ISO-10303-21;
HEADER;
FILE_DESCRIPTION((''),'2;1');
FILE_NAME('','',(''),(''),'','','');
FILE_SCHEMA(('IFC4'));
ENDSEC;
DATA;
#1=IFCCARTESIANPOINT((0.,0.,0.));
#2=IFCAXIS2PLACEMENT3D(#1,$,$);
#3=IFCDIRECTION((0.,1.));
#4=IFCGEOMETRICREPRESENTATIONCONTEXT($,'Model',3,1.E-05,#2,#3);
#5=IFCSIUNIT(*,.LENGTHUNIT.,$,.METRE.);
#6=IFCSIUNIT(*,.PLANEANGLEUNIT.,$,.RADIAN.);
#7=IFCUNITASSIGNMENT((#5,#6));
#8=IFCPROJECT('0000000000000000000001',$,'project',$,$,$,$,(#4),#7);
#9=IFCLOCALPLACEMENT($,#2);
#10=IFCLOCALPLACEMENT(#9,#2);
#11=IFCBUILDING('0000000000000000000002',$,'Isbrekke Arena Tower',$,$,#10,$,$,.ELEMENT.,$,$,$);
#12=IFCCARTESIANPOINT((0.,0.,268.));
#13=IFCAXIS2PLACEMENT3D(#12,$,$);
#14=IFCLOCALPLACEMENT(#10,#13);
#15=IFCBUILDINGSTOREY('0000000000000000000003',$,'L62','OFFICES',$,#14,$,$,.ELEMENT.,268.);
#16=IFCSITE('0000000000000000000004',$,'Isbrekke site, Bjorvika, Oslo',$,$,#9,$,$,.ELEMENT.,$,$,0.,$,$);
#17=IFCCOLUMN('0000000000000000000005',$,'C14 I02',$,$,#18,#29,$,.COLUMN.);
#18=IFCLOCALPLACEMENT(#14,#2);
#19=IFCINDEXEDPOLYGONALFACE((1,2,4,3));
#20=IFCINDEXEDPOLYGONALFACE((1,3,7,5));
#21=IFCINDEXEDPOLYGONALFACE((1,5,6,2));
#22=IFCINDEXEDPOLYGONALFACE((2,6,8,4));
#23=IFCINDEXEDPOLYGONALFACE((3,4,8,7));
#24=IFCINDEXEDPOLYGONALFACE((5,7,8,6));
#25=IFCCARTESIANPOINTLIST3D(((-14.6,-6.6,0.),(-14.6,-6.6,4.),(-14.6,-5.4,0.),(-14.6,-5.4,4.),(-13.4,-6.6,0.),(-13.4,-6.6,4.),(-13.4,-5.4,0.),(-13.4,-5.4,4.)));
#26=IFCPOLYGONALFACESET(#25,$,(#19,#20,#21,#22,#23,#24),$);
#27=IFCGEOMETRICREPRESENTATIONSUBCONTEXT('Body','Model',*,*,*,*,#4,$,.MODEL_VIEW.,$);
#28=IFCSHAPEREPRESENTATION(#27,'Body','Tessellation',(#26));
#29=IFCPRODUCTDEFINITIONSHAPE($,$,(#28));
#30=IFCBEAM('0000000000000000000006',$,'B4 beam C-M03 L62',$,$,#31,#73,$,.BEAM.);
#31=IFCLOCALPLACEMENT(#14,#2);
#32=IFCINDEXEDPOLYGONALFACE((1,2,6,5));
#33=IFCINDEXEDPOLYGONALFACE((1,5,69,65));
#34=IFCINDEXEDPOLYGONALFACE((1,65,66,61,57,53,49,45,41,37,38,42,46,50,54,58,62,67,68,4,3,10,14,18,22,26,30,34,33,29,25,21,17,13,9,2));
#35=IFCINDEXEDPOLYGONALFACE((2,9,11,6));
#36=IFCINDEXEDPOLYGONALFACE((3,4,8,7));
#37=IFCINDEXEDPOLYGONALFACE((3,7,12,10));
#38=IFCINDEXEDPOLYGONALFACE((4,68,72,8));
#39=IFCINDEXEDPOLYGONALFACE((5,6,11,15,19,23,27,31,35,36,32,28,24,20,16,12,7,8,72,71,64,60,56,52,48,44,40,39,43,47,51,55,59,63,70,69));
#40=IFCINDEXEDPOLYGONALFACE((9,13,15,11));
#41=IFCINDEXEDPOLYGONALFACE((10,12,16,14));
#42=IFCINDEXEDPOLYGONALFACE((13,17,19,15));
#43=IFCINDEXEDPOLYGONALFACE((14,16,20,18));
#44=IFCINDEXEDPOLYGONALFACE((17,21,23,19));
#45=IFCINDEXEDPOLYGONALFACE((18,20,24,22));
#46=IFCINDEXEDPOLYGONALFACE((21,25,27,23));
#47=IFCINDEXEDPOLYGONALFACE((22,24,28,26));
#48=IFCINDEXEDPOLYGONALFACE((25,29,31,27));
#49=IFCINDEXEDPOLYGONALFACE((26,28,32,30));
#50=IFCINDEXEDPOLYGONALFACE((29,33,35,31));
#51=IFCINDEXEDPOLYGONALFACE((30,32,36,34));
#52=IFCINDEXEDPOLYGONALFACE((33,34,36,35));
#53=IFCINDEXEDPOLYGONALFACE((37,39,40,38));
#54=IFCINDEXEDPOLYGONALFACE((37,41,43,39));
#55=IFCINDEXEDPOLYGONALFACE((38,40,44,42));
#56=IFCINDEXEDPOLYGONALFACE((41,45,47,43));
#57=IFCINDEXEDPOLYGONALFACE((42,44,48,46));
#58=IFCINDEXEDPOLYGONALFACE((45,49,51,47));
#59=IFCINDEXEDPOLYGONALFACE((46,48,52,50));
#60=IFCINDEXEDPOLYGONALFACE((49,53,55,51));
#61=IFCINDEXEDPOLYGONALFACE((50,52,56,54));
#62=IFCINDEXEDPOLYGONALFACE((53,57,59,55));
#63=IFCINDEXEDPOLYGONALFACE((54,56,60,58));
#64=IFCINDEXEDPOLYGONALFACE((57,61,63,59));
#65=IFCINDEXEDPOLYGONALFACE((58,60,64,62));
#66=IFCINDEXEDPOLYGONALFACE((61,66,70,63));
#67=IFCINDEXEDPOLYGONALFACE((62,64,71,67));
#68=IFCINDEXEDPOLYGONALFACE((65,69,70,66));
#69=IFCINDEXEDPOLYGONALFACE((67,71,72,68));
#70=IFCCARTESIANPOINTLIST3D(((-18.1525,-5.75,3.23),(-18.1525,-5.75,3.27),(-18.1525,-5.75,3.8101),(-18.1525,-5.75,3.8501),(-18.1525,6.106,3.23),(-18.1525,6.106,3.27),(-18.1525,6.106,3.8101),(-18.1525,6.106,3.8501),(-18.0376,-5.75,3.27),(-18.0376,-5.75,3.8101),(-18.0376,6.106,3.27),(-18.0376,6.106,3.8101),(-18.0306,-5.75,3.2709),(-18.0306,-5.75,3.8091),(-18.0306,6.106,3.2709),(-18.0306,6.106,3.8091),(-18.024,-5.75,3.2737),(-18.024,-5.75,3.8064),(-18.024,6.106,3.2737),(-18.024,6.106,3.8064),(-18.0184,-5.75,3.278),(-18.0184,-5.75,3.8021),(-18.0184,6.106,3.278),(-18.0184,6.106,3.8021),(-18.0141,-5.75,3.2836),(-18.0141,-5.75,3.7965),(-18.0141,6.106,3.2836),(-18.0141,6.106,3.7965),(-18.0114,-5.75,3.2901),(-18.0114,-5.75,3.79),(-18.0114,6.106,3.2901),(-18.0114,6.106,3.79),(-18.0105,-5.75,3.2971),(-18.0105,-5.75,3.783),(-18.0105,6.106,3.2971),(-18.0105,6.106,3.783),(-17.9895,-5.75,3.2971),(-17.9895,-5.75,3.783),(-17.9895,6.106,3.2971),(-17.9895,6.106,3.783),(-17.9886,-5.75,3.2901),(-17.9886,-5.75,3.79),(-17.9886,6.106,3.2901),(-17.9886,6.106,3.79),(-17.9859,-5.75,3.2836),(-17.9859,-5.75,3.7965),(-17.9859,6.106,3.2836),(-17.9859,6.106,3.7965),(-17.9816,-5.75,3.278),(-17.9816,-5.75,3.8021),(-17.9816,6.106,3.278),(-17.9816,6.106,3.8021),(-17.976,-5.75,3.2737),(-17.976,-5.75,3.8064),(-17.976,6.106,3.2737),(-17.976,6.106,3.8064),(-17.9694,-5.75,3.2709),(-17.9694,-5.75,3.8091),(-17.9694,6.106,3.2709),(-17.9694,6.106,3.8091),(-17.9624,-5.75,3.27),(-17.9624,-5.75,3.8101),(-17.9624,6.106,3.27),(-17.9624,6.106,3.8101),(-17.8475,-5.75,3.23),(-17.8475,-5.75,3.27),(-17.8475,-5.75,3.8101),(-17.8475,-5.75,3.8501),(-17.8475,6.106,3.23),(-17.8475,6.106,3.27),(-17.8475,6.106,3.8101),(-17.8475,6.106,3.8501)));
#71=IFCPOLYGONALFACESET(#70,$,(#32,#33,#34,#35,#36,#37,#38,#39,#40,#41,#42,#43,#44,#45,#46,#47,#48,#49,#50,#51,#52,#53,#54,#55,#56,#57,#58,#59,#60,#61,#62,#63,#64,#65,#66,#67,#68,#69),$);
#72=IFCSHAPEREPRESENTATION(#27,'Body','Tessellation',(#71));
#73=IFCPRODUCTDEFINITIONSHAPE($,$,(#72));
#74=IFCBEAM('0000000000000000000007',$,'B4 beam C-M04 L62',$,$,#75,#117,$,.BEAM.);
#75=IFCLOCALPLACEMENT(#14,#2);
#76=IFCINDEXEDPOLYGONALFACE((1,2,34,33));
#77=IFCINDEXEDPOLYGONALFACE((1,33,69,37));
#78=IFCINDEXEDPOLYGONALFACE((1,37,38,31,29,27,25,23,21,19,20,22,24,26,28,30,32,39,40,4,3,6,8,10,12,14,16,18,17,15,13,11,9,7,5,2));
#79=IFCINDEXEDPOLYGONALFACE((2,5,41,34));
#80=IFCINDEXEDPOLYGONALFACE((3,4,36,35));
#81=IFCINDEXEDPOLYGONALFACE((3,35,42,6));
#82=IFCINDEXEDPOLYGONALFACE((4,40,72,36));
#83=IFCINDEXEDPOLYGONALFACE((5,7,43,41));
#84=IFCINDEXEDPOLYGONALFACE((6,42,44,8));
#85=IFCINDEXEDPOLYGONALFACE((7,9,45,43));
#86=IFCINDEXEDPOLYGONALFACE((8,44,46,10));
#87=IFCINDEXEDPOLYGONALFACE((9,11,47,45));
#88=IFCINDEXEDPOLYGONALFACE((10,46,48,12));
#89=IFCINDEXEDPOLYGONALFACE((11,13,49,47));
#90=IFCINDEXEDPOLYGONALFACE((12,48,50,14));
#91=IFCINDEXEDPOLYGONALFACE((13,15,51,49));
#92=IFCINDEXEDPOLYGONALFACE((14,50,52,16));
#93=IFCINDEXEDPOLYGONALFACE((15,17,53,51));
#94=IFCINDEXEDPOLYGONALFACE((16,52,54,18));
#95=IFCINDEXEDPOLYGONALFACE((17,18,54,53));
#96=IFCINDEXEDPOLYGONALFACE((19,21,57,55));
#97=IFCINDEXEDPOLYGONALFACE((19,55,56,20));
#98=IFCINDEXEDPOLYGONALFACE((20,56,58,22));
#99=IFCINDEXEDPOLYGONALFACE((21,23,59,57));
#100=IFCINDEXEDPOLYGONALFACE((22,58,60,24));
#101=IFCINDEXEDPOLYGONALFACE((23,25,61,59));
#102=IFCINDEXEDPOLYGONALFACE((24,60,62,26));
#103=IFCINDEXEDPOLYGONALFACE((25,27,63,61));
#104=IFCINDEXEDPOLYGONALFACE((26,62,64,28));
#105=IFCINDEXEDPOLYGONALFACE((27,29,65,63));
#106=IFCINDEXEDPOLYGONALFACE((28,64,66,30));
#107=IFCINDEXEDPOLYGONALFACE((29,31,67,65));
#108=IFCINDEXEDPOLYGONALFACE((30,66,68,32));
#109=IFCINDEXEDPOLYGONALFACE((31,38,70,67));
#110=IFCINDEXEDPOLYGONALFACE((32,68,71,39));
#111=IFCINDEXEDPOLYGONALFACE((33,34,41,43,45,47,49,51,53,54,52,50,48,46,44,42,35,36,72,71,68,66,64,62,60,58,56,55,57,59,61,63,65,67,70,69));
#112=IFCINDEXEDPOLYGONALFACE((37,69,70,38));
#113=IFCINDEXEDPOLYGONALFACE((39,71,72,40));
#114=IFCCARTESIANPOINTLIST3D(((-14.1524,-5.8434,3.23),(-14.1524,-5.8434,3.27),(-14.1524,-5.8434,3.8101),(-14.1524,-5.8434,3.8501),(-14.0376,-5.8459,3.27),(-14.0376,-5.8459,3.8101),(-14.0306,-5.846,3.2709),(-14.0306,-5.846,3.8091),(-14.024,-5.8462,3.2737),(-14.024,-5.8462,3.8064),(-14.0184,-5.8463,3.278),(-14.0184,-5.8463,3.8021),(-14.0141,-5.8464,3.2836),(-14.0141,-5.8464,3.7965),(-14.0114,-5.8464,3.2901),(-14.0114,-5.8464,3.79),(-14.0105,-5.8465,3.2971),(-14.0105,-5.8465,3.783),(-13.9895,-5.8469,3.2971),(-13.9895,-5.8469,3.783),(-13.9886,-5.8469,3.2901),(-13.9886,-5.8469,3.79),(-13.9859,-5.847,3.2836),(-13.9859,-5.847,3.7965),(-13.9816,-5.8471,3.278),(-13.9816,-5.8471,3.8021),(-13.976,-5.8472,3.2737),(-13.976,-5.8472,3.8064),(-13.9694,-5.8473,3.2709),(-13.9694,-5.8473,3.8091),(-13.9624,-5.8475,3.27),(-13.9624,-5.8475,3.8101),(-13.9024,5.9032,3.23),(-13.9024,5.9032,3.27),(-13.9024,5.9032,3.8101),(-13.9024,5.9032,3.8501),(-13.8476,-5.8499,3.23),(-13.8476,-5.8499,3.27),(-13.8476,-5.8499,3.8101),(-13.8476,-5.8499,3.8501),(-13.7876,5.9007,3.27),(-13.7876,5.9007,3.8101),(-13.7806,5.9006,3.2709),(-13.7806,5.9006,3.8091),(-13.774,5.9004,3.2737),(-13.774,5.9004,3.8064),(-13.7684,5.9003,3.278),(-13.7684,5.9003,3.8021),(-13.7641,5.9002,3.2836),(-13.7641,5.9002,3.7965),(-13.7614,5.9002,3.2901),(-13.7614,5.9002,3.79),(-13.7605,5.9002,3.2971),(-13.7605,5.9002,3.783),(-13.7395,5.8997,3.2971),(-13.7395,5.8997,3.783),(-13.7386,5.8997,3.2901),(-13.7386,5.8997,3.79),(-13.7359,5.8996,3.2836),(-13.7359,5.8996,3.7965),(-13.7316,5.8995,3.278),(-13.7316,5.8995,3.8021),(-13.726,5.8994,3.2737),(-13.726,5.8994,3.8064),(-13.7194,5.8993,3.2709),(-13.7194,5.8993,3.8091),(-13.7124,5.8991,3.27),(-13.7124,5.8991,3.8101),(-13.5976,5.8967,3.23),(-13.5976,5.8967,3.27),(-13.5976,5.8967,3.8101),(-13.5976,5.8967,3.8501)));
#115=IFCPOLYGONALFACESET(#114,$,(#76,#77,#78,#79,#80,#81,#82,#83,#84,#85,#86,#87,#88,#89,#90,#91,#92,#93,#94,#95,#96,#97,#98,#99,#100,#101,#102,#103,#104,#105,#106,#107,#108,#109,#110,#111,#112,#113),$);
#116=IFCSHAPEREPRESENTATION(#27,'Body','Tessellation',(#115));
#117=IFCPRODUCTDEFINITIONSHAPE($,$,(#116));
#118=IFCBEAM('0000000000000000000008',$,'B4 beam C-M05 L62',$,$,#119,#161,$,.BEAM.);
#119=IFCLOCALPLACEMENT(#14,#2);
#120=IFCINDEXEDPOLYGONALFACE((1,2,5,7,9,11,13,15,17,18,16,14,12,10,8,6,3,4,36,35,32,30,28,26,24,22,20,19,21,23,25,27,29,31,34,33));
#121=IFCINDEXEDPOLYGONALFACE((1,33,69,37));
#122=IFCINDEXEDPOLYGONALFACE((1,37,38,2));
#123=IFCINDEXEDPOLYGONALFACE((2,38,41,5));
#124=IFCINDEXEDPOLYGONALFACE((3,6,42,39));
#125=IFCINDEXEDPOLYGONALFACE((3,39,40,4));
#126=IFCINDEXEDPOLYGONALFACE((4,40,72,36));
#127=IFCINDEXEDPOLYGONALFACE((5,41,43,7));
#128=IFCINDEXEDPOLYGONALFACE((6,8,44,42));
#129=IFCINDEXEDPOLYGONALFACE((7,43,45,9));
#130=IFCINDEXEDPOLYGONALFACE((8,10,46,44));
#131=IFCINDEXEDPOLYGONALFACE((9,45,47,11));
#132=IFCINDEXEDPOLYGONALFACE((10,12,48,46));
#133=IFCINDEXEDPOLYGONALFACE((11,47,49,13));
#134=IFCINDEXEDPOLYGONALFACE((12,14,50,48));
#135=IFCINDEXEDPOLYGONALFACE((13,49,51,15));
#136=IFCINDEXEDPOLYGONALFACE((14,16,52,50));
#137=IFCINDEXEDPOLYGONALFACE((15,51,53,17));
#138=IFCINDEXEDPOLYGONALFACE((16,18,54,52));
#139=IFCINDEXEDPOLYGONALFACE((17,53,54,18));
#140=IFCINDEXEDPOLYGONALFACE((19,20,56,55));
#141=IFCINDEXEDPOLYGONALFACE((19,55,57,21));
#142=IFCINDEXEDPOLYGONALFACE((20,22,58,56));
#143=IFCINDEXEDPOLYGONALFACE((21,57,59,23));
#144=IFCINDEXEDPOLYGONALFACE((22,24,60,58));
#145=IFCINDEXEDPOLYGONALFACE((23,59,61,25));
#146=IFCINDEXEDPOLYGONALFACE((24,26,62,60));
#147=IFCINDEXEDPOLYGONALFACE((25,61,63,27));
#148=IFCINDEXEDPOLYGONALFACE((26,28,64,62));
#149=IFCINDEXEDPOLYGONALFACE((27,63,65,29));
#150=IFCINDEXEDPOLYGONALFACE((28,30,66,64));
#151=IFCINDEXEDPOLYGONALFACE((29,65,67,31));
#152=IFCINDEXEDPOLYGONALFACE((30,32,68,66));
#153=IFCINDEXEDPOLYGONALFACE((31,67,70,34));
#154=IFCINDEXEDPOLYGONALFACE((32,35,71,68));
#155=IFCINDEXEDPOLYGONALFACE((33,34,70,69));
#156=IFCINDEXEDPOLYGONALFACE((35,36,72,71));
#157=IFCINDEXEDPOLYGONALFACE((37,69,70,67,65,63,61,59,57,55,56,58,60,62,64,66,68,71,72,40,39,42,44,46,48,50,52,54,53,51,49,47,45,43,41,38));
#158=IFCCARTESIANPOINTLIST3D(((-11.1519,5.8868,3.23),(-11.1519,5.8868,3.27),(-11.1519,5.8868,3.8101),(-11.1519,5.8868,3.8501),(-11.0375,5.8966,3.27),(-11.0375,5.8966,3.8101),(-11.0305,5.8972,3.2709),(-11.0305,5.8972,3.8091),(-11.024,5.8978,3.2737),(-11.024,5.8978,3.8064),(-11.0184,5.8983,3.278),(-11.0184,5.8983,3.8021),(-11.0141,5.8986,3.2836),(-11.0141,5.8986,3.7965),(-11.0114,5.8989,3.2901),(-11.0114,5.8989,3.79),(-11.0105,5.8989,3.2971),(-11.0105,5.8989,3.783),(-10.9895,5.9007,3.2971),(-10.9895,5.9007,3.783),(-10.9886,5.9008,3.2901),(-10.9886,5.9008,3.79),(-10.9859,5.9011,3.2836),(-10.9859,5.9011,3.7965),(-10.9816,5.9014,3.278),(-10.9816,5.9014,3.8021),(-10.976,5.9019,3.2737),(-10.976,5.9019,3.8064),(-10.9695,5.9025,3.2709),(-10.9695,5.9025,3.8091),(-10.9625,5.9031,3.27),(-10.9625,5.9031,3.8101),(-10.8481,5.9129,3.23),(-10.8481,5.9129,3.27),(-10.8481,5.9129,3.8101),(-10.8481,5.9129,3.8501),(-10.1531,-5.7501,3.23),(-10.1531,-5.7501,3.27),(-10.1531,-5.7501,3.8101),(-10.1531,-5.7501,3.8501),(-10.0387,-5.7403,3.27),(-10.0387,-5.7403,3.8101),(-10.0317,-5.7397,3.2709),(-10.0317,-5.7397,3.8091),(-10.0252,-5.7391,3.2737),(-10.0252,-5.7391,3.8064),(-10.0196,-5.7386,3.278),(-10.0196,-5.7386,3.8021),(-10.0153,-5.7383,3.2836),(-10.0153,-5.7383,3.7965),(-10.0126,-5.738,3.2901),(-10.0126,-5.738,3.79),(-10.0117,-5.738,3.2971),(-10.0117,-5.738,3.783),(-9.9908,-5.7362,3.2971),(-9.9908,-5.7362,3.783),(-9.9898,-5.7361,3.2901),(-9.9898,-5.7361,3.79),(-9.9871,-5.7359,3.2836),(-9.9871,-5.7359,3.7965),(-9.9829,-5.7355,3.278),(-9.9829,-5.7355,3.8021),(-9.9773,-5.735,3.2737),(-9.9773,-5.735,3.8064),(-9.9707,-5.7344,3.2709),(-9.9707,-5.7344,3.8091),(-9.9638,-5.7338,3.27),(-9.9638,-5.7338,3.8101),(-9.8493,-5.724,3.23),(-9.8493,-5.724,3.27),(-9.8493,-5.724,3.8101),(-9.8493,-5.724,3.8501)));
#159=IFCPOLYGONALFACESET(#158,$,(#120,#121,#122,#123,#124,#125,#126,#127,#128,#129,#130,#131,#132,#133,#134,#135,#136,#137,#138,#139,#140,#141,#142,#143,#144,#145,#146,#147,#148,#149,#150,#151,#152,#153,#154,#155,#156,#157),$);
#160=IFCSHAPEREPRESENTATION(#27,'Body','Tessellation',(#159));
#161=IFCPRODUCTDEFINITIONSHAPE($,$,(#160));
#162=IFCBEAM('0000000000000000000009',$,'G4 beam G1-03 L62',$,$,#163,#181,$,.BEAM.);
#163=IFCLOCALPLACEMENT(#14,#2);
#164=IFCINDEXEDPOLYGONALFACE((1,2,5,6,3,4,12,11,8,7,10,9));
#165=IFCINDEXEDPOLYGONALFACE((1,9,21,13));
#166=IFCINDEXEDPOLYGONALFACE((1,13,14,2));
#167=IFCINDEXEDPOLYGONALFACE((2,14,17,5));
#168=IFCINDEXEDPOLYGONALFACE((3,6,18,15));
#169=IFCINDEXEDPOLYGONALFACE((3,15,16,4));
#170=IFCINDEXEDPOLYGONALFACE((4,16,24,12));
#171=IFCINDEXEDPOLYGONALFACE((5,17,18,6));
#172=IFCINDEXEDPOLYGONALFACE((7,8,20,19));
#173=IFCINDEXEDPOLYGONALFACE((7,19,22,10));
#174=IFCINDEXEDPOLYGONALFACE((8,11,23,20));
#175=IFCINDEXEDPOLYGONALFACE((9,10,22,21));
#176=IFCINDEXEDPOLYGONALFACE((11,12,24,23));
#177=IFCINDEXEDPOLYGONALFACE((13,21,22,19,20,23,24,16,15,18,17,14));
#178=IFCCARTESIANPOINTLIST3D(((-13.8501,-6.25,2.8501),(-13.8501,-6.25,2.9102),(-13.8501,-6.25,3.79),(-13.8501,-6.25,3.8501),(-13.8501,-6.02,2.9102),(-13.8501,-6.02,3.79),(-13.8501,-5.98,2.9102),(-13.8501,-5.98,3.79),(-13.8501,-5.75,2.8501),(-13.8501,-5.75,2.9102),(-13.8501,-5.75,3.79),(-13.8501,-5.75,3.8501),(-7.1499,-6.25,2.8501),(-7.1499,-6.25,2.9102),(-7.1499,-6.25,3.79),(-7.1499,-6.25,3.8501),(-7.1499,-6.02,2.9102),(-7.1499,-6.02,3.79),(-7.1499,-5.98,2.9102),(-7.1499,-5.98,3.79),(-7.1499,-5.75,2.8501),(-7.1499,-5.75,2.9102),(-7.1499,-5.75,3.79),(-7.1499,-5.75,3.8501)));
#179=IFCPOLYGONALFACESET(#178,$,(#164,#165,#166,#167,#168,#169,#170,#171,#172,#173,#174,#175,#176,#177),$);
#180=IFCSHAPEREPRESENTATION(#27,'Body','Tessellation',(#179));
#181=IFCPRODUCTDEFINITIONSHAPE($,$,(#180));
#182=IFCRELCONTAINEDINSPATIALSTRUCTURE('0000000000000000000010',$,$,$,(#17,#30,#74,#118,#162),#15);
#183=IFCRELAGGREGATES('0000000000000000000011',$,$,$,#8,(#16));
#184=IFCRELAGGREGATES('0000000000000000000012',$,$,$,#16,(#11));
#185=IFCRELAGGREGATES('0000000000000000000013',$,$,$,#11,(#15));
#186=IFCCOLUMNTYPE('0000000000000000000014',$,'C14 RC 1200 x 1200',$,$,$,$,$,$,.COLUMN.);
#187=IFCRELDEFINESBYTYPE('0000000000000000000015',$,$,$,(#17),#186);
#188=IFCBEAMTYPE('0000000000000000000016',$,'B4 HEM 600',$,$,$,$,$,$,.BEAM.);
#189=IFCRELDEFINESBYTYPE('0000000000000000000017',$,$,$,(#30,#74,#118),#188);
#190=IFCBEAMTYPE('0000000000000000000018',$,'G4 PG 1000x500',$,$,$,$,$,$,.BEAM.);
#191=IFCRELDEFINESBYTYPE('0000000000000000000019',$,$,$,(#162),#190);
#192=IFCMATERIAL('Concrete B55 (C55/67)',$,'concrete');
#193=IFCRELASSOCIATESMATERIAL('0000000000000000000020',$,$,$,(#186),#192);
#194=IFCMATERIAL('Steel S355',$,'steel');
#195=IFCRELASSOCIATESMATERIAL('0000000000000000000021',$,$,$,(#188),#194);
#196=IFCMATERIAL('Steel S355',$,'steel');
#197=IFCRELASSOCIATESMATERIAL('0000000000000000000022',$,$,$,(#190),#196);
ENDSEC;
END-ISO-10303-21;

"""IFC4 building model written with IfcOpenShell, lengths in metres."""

from ifc_helpers import new_model, si_unit, direction, frame, origin, origin_2d, place, context, subcontext, project, spatial, rectangle, i_section, extrude, material, material_profile, profile_set, type_object, element, save


model = new_model("IFC4")

# Units and contexts
model_context = context("Model", 3, precision=1e-05, world=origin(), true_north=direction((0.0, 1.0)))
body_context = subcontext(model_context, "Body", "Model", "MODEL_VIEW")
ifc_project = project(units=[si_unit("LENGTHUNIT", "METRE"), si_unit("PLANEANGLEUNIT", "RADIAN")], contexts=[model_context])

# Site, building, storey
site_placement = place(None, origin())
site = spatial("IfcSite", under=ifc_project, at=site_placement, Name="Isbrekke site, Bjorvika, Oslo", CompositionType="ELEMENT", RefElevation=0.0)
building_placement = place(site_placement, origin())
building = spatial("IfcBuilding", under=site, at=building_placement, Name="Isbrekke Arena Tower", CompositionType="ELEMENT")
storey_placement = place(building_placement, frame((0.0, 0.0, 268.0)))
storey = spatial("IfcBuildingStorey", under=building, at=storey_placement, Name="L62", Description="OFFICES", CompositionType="ELEMENT", Elevation=268.0)

# Column
ifc_material_1 = material(Name="Concrete B55 (C55/67)", Category="concrete")
ifc_material_profile_1 = material_profile(ifc_material_1, rectangle(XDim=1.2, YDim=1.2, at=origin_2d()), Name="RC 1200x1200")
ifc_profile_set_1 = profile_set([ifc_material_profile_1], Name="Concrete B55 (C55/67)")
column_type = type_object("IfcColumnType", Name="C14 RC 1200 x 1200", PredefinedType="COLUMN", material=ifc_profile_set_1)
column_placement = place(storey_placement, frame((-14.0, -6.0, 0.0), z_axis=(0.0, 0.0, 1.0), x_axis=(1.0, 0.0, 0.0)))
element("IfcColumn", 1, at=column_placement, inside=storey, type_object=column_type, Name="C14 I02", PredefinedType="COLUMN", context=body_context, shape_type="SweptSolid", body=[
    extrude(rectangle(XDim=1.2, YDim=1.2, at=origin_2d()), origin(), (0.0, 0.0, 1.0), 4.0),
])

# Beams
ifc_material_2 = material(Name="Steel S355", Category="steel")
ifc_material_profile_2 = material_profile(ifc_material_2, i_section(OverallWidth=0.3049, OverallDepth=0.6201, WebThickness=0.021, FlangeThickness=0.04, FilletRadius=0.0271, at=origin_2d()), Name="HEM 600")
ifc_profile_set_2 = profile_set([ifc_material_profile_2], Name="Steel S355")
beam_type_1 = type_object("IfcBeamType", Name="B4 HEM 600", PredefinedType="BEAM", material=ifc_profile_set_2)
beam_1_placement = place(storey_placement, frame((-18.0, -5.75, 3.54), z_axis=(0.0, 1.0, 0.0), x_axis=(-1.0, 0.0, 0.0)))
element("IfcBeam", 2, at=beam_1_placement, inside=storey, type_object=beam_type_1, Name="B4 beam C-M03 L62", PredefinedType="BEAM", context=body_context, shape_type="SweptSolid", body=[
    extrude(i_section(OverallWidth=0.3049, OverallDepth=0.6201, WebThickness=0.021, FlangeThickness=0.04, FilletRadius=0.0271, at=origin_2d()), origin(), (0.0, 0.0, 1.0), 11.856),
])
beam_2_placement = place(storey_placement, frame((-14.0, -5.8467, 3.54), z_axis=(0.021278, 0.999774, 0.0), x_axis=(-0.999774, 0.021278, 0.0)))
element("IfcBeam", 3, at=beam_2_placement, inside=storey, type_object=beam_type_1, Name="B4 beam C-M04 L62", PredefinedType="BEAM", context=body_context, shape_type="SweptSolid", body=[
    extrude(i_section(OverallWidth=0.3049, OverallDepth=0.6201, WebThickness=0.021, FlangeThickness=0.04, FilletRadius=0.0271, at=origin_2d()), origin(), (0.0, 0.0, 1.0), 11.7493),
])
beam_3_placement = place(storey_placement, frame((-10.0012, -5.7371, 3.54), z_axis=(-0.085514, 0.996337, 0.0), x_axis=(-0.996337, -0.085514, 0.0)))
element("IfcBeam", 4, at=beam_3_placement, inside=storey, type_object=beam_type_1, Name="B4 beam C-M05 L62", PredefinedType="BEAM", context=body_context, shape_type="SweptSolid", body=[
    extrude(i_section(OverallWidth=0.3049, OverallDepth=0.6201, WebThickness=0.021, FlangeThickness=0.04, FilletRadius=0.0271, at=origin_2d()), origin(), (0.0, 0.0, 1.0), 11.6797),
])
ifc_material_3 = material(Name="Steel S355", Category="steel")
ifc_material_profile_3 = material_profile(ifc_material_3, i_section(OverallWidth=0.5, OverallDepth=1.0, WebThickness=0.04, FlangeThickness=0.0601, at=origin_2d()), Name="PG 1000x500")
ifc_profile_set_3 = profile_set([ifc_material_profile_3], Name="Steel S355")
beam_type_2 = type_object("IfcBeamType", Name="G4 PG 1000x500", PredefinedType="BEAM", material=ifc_profile_set_3)
beam_4_placement = place(storey_placement, frame((-13.8501, -6.0, 3.3501), z_axis=(1.0, 0.0, 0.0), x_axis=(0.0, 1.0, 0.0)))
element("IfcBeam", 5, at=beam_4_placement, inside=storey, type_object=beam_type_2, Name="G4 beam G1-03 L62", PredefinedType="BEAM", context=body_context, shape_type="SweptSolid", body=[
    extrude(i_section(OverallWidth=0.5, OverallDepth=1.0, WebThickness=0.04, FlangeThickness=0.0601, at=origin_2d()), origin(), (0.0, 0.0, 1.0), 6.7002),
])

save(model, "model.ifc")
